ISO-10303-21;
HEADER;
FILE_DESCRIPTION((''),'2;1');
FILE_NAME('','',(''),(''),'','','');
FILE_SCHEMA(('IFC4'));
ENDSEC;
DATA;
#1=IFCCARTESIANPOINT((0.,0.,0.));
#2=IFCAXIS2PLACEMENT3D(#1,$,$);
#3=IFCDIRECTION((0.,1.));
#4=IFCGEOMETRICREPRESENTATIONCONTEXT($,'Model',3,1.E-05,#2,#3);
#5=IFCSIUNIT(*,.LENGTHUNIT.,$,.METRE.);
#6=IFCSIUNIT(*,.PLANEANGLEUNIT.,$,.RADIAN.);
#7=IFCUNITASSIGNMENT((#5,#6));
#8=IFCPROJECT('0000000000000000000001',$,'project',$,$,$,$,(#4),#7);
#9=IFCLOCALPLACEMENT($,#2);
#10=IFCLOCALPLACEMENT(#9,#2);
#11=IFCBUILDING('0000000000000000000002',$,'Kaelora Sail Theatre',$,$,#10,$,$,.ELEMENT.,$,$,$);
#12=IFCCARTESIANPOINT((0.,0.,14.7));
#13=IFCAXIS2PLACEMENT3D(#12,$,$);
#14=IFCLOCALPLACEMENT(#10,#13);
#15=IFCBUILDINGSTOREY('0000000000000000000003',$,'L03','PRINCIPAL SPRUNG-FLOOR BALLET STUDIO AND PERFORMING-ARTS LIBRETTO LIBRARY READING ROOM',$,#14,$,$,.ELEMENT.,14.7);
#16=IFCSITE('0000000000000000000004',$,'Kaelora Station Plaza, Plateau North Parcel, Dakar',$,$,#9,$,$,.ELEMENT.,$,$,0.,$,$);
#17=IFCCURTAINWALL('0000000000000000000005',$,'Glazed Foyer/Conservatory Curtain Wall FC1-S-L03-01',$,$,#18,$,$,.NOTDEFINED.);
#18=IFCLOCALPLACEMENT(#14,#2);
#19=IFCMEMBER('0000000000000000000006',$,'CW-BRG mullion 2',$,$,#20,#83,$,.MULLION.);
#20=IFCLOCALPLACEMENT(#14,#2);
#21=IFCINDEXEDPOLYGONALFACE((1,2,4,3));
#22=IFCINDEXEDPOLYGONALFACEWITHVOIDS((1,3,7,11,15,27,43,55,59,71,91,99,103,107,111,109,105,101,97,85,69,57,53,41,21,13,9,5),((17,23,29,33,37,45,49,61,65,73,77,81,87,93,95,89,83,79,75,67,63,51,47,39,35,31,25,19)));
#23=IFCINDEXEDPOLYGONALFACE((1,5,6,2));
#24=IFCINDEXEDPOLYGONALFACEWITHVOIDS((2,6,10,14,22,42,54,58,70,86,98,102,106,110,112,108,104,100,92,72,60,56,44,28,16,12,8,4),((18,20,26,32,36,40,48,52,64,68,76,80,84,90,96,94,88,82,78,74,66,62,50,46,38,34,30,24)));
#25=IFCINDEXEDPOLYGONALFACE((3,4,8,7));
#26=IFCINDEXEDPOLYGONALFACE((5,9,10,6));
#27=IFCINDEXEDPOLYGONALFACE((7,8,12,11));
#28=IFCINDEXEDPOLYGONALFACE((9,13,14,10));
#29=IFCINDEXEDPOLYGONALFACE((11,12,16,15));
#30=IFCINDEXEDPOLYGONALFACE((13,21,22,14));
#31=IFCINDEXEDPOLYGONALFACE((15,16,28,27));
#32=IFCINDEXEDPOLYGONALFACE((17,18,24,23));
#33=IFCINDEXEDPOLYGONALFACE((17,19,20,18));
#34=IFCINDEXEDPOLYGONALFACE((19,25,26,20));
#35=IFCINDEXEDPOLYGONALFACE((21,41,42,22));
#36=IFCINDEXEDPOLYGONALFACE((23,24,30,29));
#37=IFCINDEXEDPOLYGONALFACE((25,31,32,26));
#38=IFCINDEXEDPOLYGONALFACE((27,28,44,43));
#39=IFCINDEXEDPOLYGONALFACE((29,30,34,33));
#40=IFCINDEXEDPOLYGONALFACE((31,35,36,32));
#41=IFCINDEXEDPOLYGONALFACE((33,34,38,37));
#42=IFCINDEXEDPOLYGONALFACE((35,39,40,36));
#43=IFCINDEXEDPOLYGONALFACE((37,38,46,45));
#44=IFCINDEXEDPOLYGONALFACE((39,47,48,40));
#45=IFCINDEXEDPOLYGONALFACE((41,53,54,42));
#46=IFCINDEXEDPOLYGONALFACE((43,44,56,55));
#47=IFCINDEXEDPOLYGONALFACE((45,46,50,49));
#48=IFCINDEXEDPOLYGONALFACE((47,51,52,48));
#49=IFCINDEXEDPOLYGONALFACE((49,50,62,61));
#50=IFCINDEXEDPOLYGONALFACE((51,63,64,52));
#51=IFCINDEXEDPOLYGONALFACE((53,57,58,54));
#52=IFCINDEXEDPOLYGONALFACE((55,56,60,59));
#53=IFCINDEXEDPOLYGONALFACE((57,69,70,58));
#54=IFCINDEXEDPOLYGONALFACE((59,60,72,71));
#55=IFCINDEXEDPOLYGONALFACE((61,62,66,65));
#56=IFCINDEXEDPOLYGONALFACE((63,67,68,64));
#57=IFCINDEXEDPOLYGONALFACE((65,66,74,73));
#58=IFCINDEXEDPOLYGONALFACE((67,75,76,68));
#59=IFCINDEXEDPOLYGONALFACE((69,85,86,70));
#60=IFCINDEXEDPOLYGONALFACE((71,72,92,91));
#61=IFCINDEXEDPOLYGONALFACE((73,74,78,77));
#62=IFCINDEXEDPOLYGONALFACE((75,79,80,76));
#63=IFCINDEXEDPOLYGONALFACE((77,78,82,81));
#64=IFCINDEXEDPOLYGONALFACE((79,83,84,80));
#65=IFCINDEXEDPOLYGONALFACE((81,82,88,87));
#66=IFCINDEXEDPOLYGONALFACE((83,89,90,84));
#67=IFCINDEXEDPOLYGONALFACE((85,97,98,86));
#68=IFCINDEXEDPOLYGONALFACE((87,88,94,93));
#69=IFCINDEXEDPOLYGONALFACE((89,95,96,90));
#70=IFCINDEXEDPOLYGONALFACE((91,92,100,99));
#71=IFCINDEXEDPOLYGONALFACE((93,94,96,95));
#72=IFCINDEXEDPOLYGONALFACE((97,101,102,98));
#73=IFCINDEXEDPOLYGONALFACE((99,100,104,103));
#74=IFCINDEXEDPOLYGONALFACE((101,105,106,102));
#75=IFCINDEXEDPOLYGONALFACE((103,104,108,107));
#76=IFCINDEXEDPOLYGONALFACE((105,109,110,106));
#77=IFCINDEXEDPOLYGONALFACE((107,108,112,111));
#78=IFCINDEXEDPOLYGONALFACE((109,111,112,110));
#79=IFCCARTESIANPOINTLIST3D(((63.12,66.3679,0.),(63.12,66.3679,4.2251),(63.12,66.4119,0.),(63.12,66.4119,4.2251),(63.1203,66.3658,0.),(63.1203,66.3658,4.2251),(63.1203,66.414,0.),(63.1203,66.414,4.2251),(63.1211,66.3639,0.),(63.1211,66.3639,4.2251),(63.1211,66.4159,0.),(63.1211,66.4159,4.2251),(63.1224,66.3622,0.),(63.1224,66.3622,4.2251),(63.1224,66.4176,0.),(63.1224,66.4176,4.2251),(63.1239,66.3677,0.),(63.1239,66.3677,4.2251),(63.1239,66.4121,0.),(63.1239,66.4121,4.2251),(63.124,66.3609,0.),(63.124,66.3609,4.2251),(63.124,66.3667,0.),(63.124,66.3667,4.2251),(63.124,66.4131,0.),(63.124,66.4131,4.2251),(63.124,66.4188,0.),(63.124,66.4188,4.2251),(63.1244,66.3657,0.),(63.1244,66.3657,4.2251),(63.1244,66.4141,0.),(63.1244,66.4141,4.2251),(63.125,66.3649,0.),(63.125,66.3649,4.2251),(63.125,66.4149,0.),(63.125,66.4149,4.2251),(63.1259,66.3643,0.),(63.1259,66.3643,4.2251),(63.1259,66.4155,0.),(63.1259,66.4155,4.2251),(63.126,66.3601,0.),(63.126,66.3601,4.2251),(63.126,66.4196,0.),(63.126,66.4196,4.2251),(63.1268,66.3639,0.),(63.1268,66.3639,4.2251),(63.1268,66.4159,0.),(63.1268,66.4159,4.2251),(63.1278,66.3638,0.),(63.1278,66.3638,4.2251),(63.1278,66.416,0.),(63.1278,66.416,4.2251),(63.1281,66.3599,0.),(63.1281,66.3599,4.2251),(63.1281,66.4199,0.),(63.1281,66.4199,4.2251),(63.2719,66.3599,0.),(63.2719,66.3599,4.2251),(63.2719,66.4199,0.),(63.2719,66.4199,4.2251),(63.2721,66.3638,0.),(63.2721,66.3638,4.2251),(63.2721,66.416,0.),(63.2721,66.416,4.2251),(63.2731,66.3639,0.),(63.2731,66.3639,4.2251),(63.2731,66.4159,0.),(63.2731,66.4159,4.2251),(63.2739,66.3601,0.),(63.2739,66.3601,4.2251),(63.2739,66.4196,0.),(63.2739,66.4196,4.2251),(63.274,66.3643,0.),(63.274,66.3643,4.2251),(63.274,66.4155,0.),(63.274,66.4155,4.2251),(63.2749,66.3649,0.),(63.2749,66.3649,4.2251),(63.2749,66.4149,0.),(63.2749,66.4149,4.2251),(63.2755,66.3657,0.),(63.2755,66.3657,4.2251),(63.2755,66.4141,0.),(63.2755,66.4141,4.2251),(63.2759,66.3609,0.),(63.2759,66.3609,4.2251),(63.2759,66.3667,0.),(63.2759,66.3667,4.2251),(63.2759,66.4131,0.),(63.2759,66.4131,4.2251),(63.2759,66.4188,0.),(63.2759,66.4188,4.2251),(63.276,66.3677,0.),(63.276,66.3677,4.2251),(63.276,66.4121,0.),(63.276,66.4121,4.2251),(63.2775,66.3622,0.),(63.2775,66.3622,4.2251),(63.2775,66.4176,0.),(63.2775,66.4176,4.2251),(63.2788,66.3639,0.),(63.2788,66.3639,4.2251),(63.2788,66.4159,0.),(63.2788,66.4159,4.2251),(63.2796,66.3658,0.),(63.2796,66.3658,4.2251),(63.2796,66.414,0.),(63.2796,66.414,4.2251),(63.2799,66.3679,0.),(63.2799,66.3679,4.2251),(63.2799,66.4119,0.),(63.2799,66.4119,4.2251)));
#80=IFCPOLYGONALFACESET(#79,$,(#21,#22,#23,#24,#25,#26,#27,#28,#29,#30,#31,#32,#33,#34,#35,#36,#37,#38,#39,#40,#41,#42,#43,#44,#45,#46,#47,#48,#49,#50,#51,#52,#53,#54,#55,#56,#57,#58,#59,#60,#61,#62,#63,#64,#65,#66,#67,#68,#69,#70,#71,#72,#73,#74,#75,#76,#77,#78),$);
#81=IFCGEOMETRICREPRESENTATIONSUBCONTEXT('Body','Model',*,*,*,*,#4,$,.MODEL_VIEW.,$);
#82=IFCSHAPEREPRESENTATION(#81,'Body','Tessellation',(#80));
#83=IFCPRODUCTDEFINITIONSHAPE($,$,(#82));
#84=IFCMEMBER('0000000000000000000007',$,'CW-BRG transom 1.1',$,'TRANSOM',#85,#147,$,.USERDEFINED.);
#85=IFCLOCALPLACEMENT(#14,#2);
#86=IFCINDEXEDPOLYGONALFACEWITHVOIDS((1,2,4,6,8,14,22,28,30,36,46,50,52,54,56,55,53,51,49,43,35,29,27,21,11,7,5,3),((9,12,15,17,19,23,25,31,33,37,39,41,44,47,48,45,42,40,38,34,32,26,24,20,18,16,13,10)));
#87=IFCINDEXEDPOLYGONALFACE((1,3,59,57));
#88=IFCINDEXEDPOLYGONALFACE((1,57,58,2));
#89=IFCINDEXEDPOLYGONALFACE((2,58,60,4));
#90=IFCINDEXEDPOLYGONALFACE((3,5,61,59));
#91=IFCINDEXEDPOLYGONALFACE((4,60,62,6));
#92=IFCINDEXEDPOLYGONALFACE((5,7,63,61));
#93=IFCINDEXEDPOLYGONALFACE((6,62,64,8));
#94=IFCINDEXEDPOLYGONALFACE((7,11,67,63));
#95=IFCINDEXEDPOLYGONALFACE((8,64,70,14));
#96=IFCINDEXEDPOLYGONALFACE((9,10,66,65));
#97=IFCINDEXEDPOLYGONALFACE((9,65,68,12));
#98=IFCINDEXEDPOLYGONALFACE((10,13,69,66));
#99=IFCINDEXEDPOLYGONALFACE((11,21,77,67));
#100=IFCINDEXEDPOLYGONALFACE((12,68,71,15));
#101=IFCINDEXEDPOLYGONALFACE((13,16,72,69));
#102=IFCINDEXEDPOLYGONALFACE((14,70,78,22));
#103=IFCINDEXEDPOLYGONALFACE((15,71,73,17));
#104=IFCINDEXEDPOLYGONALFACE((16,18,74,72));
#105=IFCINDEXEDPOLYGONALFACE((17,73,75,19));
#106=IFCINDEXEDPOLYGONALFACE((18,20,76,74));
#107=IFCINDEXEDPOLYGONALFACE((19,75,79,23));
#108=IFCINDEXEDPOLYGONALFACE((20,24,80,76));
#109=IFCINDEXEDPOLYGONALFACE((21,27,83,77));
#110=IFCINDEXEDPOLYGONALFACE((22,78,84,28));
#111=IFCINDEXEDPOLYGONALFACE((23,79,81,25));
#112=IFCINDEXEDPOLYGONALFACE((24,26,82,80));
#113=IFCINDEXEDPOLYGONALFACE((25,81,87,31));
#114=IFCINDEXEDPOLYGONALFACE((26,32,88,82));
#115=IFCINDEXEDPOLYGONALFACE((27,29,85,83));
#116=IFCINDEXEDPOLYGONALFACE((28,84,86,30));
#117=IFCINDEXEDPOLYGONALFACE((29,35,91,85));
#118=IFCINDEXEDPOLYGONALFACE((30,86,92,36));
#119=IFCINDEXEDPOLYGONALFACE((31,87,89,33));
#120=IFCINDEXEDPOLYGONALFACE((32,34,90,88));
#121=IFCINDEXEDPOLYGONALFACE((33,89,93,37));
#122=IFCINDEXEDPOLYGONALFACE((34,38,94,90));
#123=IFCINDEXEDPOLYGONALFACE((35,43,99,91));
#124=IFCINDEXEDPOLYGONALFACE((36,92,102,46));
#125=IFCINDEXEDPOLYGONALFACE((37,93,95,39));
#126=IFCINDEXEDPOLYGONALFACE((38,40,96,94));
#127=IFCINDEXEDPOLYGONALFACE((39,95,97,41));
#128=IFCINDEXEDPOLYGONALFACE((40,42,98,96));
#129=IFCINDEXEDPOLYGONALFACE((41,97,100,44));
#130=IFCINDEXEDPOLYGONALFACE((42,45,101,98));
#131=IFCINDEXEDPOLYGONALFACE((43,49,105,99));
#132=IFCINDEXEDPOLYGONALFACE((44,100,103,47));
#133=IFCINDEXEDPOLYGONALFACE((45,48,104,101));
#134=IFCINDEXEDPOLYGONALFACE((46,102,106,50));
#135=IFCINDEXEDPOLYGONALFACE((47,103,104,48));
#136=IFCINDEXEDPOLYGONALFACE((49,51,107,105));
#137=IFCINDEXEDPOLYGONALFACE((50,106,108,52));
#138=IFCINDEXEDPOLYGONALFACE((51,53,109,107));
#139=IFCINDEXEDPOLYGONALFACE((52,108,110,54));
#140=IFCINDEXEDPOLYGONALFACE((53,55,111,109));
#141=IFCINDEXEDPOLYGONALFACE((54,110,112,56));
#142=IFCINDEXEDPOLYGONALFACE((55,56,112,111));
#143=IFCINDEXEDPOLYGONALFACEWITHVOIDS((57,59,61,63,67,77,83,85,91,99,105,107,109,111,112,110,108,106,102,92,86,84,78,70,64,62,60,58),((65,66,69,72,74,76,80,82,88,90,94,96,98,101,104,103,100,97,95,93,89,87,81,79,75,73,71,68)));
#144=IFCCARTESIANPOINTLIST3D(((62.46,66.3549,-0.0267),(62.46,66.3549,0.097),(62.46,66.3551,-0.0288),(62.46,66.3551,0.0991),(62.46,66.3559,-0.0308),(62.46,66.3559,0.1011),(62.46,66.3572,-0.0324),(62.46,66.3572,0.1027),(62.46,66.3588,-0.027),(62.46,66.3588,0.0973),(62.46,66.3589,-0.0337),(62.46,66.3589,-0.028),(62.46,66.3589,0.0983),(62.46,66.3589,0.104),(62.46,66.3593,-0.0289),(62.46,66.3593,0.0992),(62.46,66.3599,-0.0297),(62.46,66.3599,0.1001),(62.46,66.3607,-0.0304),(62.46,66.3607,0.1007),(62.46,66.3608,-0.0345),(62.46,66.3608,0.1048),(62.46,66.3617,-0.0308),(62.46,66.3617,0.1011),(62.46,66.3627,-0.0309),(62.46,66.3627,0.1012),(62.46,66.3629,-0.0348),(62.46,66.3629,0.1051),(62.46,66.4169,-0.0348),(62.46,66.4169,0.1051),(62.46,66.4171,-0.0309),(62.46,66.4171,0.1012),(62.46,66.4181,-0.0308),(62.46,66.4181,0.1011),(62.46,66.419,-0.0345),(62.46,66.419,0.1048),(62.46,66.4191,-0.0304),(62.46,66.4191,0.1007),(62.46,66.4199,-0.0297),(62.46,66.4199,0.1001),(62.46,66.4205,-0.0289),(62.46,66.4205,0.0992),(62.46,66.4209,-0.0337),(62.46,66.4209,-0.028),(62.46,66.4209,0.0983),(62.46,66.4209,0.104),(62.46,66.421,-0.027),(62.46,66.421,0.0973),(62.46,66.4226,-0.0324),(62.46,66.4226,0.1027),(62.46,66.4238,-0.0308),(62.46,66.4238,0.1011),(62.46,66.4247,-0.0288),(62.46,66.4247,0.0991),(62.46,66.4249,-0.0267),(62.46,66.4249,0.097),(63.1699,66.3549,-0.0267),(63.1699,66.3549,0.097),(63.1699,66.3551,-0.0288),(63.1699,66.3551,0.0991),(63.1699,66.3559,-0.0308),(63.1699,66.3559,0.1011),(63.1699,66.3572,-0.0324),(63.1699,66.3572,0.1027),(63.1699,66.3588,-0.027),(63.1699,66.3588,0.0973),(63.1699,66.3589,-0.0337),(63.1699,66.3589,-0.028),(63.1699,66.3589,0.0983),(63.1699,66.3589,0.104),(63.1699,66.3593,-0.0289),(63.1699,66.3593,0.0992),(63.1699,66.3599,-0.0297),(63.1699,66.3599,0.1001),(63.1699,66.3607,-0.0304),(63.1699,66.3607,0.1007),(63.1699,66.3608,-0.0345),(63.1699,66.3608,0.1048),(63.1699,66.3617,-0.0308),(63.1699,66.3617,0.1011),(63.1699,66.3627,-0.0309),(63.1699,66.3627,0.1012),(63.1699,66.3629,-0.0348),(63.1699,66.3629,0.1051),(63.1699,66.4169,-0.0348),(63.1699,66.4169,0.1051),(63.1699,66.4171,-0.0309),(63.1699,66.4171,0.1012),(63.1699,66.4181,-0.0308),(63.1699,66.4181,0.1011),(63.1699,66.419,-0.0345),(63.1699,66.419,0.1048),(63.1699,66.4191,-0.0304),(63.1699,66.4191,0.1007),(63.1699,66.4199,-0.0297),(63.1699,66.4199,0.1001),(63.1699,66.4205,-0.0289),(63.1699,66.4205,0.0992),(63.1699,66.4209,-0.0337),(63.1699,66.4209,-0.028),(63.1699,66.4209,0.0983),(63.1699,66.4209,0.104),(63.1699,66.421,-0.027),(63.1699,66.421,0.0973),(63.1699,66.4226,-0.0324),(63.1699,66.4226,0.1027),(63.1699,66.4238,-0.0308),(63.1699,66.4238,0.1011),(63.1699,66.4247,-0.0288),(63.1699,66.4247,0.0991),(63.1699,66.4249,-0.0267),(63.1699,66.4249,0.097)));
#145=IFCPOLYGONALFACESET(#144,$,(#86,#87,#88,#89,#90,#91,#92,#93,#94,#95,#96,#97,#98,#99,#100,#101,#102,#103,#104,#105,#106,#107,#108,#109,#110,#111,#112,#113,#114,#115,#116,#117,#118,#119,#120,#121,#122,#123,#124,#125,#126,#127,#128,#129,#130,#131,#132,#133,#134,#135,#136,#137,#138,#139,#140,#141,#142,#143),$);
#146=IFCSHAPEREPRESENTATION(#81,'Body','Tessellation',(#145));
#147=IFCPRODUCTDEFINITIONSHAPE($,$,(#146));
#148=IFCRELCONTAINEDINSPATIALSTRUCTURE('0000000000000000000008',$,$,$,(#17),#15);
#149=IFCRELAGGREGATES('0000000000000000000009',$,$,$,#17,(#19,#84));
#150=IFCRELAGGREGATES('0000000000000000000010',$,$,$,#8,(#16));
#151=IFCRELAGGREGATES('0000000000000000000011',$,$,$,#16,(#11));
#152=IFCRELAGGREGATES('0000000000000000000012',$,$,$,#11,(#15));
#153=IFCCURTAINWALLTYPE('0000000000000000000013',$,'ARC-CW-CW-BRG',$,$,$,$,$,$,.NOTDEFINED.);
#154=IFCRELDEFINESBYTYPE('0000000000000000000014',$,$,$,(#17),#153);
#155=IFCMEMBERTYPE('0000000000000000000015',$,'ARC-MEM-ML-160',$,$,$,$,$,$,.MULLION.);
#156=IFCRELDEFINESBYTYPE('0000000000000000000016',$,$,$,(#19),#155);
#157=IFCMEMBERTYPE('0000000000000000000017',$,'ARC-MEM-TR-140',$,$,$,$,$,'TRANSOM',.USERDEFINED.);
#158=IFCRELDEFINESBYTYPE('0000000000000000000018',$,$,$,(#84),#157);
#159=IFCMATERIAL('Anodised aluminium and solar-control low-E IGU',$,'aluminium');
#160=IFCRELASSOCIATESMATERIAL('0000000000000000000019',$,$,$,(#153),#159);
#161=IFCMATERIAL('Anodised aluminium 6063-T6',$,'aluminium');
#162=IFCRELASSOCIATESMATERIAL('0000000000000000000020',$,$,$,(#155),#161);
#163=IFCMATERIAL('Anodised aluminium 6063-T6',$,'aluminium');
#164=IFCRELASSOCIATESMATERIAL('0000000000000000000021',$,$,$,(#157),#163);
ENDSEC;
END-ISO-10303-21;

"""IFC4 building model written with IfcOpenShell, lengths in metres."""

from ifc_helpers import new_model, si_unit, direction, frame, origin, origin_2d, place, context, subcontext, project, spatial, hollow_rectangle, extrude, material, material_profile, profile_set, type_object, element, aggregate, save


model = new_model("IFC4")

# Units and contexts
model_context = context("Model", 3, precision=1e-05, world=origin(), true_north=direction((0.0, 1.0)))
body_context = subcontext(model_context, "Body", "Model", "MODEL_VIEW")
ifc_project = project(units=[si_unit("LENGTHUNIT", "METRE"), si_unit("PLANEANGLEUNIT", "RADIAN")], contexts=[model_context])

# Site, building, storey
site_placement = place(None, origin())
site = spatial("IfcSite", under=ifc_project, at=site_placement, Name="Kaelora Station Plaza, Plateau North Parcel, Dakar", CompositionType="ELEMENT", RefElevation=0.0)
building_placement = place(site_placement, origin())
building = spatial("IfcBuilding", under=site, at=building_placement, Name="Kaelora Sail Theatre", CompositionType="ELEMENT")
storey_placement = place(building_placement, frame((0.0, 0.0, 14.7)))
storey = spatial("IfcBuildingStorey", under=building, at=storey_placement, Name="L03", Description="PRINCIPAL SPRUNG-FLOOR BALLET STUDIO AND PERFORMING-ARTS LIBRETTO LIBRARY READING ROOM", CompositionType="ELEMENT", Elevation=14.7)

# Curtain wall, members
ifc_material_1 = material(Name="Anodised aluminium and solar-control low-E IGU", Category="aluminium")
curtain_wall_type = type_object("IfcCurtainWallType", Name="ARC-CW-CW-BRG", PredefinedType="NOTDEFINED", material=ifc_material_1)
curtain_wall_placement = place(storey_placement, origin())
curtain_wall = element("IfcCurtainWall", 1, at=curtain_wall_placement, inside=storey, type_object=curtain_wall_type, Name="Glazed Foyer/Conservatory Curtain Wall FC1-S-L03-01", PredefinedType="NOTDEFINED")
ifc_material_2 = material(Name="Anodised aluminium 6063-T6", Category="aluminium")
ifc_material_profile_1 = material_profile(ifc_material_2, hollow_rectangle(XDim=0.0601, YDim=0.1599, WallThickness=0.0039, InnerFilletRadius=0.0039, OuterFilletRadius=0.0081, at=origin_2d()), Name="ALU-MULL 60x160x4")
ifc_profile_set_1 = profile_set([ifc_material_profile_1], Name="Anodised aluminium 6063-T6")
member_type_1 = type_object("IfcMemberType", Name="ARC-MEM-ML-160", PredefinedType="MULLION", material=ifc_profile_set_1)
member_1_placement = place(storey_placement, frame((63.2, 66.3899, 0.0), z_axis=(0.0, 0.0, 1.0), x_axis=(0.0, 1.0, 0.0)))
member_1 = element("IfcMember", 2, at=member_1_placement, type_object=member_type_1, Name="CW-BRG mullion 2", PredefinedType="MULLION", context=body_context, shape_type="SweptSolid", body=[
    extrude(hollow_rectangle(XDim=0.0601, YDim=0.1599, WallThickness=0.0039, InnerFilletRadius=0.0039, OuterFilletRadius=0.0081, at=origin_2d()), origin(), (0.0, 0.0, 1.0), 4.2251),
])
ifc_material_3 = material(Name="Anodised aluminium 6063-T6", Category="aluminium")
ifc_material_profile_2 = material_profile(ifc_material_3, hollow_rectangle(XDim=0.0701, YDim=0.1399, WallThickness=0.0039, InnerFilletRadius=0.0039, OuterFilletRadius=0.0081, at=origin_2d()), Name="ALU-TRAN 70x140x4")
ifc_profile_set_2 = profile_set([ifc_material_profile_2], Name="Anodised aluminium 6063-T6")
member_type_2 = type_object("IfcMemberType", Name="ARC-MEM-TR-140", ElementType="TRANSOM", PredefinedType="USERDEFINED", material=ifc_profile_set_2)
member_2_placement = place(storey_placement, frame((62.46, 66.3899, 0.0352), z_axis=(1.0, 0.0, 0.0), x_axis=(0.0, 1.0, 0.0)))
member_2 = element("IfcMember", 3, at=member_2_placement, type_object=member_type_2, Name="CW-BRG transom 1.1", ObjectType="TRANSOM", PredefinedType="USERDEFINED", context=body_context, shape_type="SweptSolid", body=[
    extrude(hollow_rectangle(XDim=0.0701, YDim=0.1399, WallThickness=0.0039, InnerFilletRadius=0.0039, OuterFilletRadius=0.0081, at=origin_2d()), origin(), (0.0, 0.0, 1.0), 0.71),
])

aggregate(curtain_wall, [member_1, member_2])

save(model, "model.ifc")
